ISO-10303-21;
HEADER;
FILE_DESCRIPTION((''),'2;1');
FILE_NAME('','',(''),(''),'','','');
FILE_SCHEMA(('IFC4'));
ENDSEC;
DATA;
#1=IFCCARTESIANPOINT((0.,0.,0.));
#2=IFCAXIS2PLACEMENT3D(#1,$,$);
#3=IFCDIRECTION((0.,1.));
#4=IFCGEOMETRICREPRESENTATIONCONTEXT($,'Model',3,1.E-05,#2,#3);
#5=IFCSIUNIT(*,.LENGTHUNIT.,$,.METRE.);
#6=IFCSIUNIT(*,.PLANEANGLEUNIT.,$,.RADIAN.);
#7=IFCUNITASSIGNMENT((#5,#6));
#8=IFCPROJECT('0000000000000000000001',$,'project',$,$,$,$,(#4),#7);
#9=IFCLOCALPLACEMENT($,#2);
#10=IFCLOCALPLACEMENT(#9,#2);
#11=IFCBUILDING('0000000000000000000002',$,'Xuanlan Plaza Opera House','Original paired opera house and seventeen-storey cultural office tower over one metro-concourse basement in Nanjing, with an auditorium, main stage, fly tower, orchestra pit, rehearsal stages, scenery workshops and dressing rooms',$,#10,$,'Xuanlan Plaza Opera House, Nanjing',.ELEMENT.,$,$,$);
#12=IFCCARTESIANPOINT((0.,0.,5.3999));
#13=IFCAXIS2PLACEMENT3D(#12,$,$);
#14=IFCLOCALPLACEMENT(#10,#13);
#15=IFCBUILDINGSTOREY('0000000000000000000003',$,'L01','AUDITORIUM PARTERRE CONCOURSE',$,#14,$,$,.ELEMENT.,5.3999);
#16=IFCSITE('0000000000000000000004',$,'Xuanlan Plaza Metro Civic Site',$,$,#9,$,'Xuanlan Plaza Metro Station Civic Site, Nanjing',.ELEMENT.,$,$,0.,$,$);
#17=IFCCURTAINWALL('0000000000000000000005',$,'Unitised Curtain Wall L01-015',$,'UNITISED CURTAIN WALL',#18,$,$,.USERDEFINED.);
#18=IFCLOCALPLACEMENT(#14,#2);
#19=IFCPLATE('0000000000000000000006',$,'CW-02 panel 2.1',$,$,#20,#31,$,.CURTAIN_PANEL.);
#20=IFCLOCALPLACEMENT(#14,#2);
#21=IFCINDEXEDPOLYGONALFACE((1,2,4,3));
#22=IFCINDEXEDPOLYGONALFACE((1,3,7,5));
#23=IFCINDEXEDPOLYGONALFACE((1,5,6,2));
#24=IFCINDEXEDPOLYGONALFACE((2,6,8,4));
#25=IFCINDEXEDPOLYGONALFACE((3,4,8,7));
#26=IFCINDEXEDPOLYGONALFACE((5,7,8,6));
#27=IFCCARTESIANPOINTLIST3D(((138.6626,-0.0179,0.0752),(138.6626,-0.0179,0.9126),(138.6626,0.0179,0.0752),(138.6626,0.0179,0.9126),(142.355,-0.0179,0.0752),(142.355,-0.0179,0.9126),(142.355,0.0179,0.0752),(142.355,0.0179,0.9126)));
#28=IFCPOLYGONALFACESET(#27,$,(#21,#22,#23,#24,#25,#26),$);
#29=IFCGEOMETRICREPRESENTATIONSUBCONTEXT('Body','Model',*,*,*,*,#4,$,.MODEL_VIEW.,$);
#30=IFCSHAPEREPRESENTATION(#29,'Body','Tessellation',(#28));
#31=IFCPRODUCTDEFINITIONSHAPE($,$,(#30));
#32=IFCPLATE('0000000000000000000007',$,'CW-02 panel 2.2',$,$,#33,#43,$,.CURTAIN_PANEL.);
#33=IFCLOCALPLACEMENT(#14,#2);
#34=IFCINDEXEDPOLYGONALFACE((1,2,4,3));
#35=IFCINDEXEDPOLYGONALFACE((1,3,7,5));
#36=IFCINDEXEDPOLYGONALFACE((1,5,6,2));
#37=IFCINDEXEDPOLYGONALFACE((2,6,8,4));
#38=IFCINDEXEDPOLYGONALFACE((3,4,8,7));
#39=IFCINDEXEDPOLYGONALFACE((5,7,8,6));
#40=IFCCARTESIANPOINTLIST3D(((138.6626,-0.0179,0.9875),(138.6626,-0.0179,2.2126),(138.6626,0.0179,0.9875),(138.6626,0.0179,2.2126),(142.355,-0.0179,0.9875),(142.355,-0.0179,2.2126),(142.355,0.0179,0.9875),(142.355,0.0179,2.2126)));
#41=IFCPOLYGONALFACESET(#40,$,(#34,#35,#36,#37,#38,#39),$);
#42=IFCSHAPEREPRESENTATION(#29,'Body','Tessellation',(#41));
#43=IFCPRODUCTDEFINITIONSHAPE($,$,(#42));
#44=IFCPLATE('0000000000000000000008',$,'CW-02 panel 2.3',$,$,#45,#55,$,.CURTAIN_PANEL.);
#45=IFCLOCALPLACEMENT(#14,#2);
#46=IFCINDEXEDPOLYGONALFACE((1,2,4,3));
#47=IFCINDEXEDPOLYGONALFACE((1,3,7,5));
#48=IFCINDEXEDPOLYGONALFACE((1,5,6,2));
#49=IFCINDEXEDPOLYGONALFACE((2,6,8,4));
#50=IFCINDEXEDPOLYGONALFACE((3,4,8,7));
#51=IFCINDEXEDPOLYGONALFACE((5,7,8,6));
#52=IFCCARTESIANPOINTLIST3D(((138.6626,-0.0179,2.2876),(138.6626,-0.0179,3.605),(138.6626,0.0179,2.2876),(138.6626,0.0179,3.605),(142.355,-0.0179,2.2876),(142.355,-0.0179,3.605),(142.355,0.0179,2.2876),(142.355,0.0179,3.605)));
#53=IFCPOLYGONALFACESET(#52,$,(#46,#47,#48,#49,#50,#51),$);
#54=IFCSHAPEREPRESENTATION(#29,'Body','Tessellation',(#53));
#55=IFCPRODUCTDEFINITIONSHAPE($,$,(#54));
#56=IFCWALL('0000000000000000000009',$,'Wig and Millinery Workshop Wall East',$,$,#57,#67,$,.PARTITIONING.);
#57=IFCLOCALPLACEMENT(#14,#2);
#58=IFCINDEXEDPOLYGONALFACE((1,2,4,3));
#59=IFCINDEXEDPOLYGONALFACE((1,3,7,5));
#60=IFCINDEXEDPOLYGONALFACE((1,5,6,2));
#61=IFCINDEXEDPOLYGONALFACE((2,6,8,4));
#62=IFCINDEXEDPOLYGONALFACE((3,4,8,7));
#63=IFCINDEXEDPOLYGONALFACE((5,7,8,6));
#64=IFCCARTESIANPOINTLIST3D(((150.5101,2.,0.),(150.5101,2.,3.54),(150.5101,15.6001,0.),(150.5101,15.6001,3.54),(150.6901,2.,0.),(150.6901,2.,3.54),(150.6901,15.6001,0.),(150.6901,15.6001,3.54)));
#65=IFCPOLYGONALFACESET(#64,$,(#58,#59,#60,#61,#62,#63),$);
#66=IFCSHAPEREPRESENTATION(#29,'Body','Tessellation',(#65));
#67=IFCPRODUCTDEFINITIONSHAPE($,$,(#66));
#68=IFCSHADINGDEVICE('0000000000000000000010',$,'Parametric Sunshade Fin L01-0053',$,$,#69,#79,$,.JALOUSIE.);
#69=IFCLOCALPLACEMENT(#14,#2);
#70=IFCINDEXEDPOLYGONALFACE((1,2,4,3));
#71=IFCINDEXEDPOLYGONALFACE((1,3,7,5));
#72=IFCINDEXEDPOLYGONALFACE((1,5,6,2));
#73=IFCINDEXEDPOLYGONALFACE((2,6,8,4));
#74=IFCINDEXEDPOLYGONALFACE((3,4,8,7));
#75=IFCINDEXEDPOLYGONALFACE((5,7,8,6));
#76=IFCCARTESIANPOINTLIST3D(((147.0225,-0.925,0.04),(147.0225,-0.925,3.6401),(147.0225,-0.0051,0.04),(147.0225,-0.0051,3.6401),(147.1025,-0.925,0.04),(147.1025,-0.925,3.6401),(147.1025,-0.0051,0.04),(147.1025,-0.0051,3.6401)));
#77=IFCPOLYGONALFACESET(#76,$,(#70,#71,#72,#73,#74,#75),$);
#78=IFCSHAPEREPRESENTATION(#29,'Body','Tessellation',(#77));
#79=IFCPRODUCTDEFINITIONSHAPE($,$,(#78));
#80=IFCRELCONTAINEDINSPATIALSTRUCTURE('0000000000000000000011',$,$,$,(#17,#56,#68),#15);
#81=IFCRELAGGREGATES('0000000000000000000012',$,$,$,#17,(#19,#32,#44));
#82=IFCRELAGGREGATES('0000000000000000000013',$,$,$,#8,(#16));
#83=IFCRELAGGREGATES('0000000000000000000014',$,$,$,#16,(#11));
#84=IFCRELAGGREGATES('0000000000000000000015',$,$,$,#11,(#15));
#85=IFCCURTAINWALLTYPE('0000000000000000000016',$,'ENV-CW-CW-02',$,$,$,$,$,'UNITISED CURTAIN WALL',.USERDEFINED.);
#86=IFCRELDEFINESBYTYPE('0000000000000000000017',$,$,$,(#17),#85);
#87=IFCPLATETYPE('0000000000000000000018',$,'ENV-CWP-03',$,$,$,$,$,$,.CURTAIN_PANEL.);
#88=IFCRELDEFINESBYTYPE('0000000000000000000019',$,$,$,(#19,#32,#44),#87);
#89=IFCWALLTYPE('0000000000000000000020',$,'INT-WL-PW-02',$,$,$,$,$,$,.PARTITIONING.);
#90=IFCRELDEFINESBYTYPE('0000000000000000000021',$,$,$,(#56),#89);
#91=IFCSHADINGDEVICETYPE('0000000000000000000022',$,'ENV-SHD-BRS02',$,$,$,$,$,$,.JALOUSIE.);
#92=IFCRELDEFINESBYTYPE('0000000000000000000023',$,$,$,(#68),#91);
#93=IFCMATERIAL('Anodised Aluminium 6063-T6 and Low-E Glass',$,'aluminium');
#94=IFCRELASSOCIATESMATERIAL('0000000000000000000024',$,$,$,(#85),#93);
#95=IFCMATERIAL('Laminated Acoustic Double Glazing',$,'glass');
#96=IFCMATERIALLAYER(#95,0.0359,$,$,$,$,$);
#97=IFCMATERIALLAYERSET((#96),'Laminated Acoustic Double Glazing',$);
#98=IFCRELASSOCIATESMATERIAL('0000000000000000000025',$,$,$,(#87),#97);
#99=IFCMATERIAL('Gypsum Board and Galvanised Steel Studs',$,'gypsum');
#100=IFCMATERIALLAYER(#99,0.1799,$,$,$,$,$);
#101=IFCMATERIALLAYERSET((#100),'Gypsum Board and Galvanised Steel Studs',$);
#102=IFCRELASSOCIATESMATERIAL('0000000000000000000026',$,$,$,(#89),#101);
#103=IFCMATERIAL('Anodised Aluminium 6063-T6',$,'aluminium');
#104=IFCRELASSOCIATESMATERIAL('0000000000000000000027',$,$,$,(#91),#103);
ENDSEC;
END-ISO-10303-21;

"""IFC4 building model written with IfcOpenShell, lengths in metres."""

from ifc_helpers import new_model, si_unit, direction, frame, frame_2d, origin, origin_2d, place, context, subcontext, project, spatial, rectangle, extrude, material, layer, layer_set, type_object, element, aggregate, save


model = new_model("IFC4")

# Units and contexts
model_context = context("Model", 3, precision=1e-05, world=origin(), true_north=direction((0.0, 1.0)))
body_context = subcontext(model_context, "Body", "Model", "MODEL_VIEW")
ifc_project = project(units=[si_unit("LENGTHUNIT", "METRE"), si_unit("PLANEANGLEUNIT", "RADIAN")], contexts=[model_context])

# Site, building, storey
site_placement = place(None, origin())
site = spatial("IfcSite", under=ifc_project, at=site_placement, Name="Xuanlan Plaza Metro Civic Site", LongName="Xuanlan Plaza Metro Station Civic Site, Nanjing", CompositionType="ELEMENT", RefElevation=0.0)
building_placement = place(site_placement, origin())
building = spatial("IfcBuilding", under=site, at=building_placement, Name="Xuanlan Plaza Opera House", Description="Original paired opera house and seventeen-storey cultural office tower over one metro-concourse basement in Nanjing, with an auditorium, main stage, fly tower, orchestra pit, rehearsal stages, scenery workshops and dressing rooms", LongName="Xuanlan Plaza Opera House, Nanjing", CompositionType="ELEMENT")
storey_placement = place(building_placement, frame((0.0, 0.0, 5.3999)))
storey = spatial("IfcBuildingStorey", under=building, at=storey_placement, Name="L01", Description="AUDITORIUM PARTERRE CONCOURSE", CompositionType="ELEMENT", Elevation=5.3999)

# Curtain wall
ifc_material_1 = material(Name="Anodised Aluminium 6063-T6 and Low-E Glass", Category="aluminium")
curtain_wall_type_1 = type_object("IfcCurtainWallType", Name="ENV-CW-CW-02", ElementType="UNITISED CURTAIN WALL", PredefinedType="USERDEFINED", material=ifc_material_1)
curtain_wall_1_placement = place(storey_placement, origin())
curtain_wall_1 = element("IfcCurtainWall", 1, at=curtain_wall_1_placement, inside=storey, type_object=curtain_wall_type_1, Name="Unitised Curtain Wall L01-015", ObjectType="UNITISED CURTAIN WALL", PredefinedType="USERDEFINED")
ifc_material_2 = material(Name="Anodised Aluminium 6063-T6", Category="aluminium")

# Plates
ifc_material_3 = material(Name="Laminated Acoustic Double Glazing", Category="glass")
ifc_layer_1 = layer(ifc_material_3, 0.0359)
ifc_layer_set_1 = layer_set([ifc_layer_1], Name="Laminated Acoustic Double Glazing")
plate_type_1 = type_object("IfcPlateType", Name="ENV-CWP-03", PredefinedType="CURTAIN_PANEL", material=ifc_layer_set_1)
plate_1_placement = place(storey_placement, frame((140.5088, 0.0, 0.0752), z_axis=(0.0, 0.0, 1.0), x_axis=(1.0, 0.0, 0.0)))
plate_1 = element("IfcPlate", 2, at=plate_1_placement, type_object=plate_type_1, Name="CW-02 panel 2.1", PredefinedType="CURTAIN_PANEL", context=body_context, shape_type="SweptSolid", body=[
    extrude(rectangle(XDim=3.6924, YDim=0.0359, at=origin_2d()), origin(), (0.0, 0.0, 1.0), 0.8374),
])
plate_2_placement = place(storey_placement, frame((140.5088, 0.0, 0.9875), z_axis=(0.0, 0.0, 1.0), x_axis=(1.0, 0.0, 0.0)))
plate_2 = element("IfcPlate", 3, at=plate_2_placement, type_object=plate_type_1, Name="CW-02 panel 2.2", PredefinedType="CURTAIN_PANEL", context=body_context, shape_type="SweptSolid", body=[
    extrude(rectangle(XDim=3.6924, YDim=0.0359, at=origin_2d()), origin(), (0.0, 0.0, 1.0), 1.2251),
])
plate_3_placement = place(storey_placement, frame((140.5088, 0.0, 2.2876), z_axis=(0.0, 0.0, 1.0), x_axis=(1.0, 0.0, 0.0)))
plate_3 = element("IfcPlate", 4, at=plate_3_placement, type_object=plate_type_1, Name="CW-02 panel 2.3", PredefinedType="CURTAIN_PANEL", context=body_context, shape_type="SweptSolid", body=[
    extrude(rectangle(XDim=3.6924, YDim=0.0359, at=origin_2d()), origin(), (0.0, 0.0, 1.0), 1.3174),
])
aggregate(curtain_wall_1, [plate_1, plate_2, plate_3])

# Wall
ifc_material_4 = material(Name="Gypsum Board and Galvanised Steel Studs", Category="gypsum")
ifc_layer_2 = layer(ifc_material_4, 0.1799)
ifc_layer_set_2 = layer_set([ifc_layer_2], Name="Gypsum Board and Galvanised Steel Studs")
wall_type = type_object("IfcWallType", Name="INT-WL-PW-02", PredefinedType="PARTITIONING", material=ifc_layer_set_2)
wall_placement = place(storey_placement, frame((150.6001, 2.0, 0.0), z_axis=(0.0, 0.0, 1.0), x_axis=(0.0, 1.0, 0.0)))
element("IfcWall", 5, at=wall_placement, inside=storey, type_object=wall_type, Name="Wig and Millinery Workshop Wall East", PredefinedType="PARTITIONING", context=body_context, shape_type="SweptSolid", body=[
    extrude(rectangle(XDim=13.6001, YDim=0.1799, at=frame_2d((6.8, 0.0))), origin(), (0.0, 0.0, 1.0), 3.54),
])

# Shading device
shading_device_type = type_object("IfcShadingDeviceType", Name="ENV-SHD-BRS02", PredefinedType="JALOUSIE", material=ifc_material_2)
shading_device_placement = place(storey_placement, frame((147.0625, -0.4651, 0.04), z_axis=(0.0, 0.0, 1.0), x_axis=(0.0, -1.0, 0.0)))
element("IfcShadingDevice", 6, at=shading_device_placement, inside=storey, type_object=shading_device_type, Name="Parametric Sunshade Fin L01-0053", PredefinedType="JALOUSIE", context=body_context, shape_type="SweptSolid", body=[
    extrude(rectangle(XDim=0.9199, YDim=0.0801, at=origin_2d()), origin(), (0.0, 0.0, 1.0), 3.6001),
])

save(model, "model.ifc")
